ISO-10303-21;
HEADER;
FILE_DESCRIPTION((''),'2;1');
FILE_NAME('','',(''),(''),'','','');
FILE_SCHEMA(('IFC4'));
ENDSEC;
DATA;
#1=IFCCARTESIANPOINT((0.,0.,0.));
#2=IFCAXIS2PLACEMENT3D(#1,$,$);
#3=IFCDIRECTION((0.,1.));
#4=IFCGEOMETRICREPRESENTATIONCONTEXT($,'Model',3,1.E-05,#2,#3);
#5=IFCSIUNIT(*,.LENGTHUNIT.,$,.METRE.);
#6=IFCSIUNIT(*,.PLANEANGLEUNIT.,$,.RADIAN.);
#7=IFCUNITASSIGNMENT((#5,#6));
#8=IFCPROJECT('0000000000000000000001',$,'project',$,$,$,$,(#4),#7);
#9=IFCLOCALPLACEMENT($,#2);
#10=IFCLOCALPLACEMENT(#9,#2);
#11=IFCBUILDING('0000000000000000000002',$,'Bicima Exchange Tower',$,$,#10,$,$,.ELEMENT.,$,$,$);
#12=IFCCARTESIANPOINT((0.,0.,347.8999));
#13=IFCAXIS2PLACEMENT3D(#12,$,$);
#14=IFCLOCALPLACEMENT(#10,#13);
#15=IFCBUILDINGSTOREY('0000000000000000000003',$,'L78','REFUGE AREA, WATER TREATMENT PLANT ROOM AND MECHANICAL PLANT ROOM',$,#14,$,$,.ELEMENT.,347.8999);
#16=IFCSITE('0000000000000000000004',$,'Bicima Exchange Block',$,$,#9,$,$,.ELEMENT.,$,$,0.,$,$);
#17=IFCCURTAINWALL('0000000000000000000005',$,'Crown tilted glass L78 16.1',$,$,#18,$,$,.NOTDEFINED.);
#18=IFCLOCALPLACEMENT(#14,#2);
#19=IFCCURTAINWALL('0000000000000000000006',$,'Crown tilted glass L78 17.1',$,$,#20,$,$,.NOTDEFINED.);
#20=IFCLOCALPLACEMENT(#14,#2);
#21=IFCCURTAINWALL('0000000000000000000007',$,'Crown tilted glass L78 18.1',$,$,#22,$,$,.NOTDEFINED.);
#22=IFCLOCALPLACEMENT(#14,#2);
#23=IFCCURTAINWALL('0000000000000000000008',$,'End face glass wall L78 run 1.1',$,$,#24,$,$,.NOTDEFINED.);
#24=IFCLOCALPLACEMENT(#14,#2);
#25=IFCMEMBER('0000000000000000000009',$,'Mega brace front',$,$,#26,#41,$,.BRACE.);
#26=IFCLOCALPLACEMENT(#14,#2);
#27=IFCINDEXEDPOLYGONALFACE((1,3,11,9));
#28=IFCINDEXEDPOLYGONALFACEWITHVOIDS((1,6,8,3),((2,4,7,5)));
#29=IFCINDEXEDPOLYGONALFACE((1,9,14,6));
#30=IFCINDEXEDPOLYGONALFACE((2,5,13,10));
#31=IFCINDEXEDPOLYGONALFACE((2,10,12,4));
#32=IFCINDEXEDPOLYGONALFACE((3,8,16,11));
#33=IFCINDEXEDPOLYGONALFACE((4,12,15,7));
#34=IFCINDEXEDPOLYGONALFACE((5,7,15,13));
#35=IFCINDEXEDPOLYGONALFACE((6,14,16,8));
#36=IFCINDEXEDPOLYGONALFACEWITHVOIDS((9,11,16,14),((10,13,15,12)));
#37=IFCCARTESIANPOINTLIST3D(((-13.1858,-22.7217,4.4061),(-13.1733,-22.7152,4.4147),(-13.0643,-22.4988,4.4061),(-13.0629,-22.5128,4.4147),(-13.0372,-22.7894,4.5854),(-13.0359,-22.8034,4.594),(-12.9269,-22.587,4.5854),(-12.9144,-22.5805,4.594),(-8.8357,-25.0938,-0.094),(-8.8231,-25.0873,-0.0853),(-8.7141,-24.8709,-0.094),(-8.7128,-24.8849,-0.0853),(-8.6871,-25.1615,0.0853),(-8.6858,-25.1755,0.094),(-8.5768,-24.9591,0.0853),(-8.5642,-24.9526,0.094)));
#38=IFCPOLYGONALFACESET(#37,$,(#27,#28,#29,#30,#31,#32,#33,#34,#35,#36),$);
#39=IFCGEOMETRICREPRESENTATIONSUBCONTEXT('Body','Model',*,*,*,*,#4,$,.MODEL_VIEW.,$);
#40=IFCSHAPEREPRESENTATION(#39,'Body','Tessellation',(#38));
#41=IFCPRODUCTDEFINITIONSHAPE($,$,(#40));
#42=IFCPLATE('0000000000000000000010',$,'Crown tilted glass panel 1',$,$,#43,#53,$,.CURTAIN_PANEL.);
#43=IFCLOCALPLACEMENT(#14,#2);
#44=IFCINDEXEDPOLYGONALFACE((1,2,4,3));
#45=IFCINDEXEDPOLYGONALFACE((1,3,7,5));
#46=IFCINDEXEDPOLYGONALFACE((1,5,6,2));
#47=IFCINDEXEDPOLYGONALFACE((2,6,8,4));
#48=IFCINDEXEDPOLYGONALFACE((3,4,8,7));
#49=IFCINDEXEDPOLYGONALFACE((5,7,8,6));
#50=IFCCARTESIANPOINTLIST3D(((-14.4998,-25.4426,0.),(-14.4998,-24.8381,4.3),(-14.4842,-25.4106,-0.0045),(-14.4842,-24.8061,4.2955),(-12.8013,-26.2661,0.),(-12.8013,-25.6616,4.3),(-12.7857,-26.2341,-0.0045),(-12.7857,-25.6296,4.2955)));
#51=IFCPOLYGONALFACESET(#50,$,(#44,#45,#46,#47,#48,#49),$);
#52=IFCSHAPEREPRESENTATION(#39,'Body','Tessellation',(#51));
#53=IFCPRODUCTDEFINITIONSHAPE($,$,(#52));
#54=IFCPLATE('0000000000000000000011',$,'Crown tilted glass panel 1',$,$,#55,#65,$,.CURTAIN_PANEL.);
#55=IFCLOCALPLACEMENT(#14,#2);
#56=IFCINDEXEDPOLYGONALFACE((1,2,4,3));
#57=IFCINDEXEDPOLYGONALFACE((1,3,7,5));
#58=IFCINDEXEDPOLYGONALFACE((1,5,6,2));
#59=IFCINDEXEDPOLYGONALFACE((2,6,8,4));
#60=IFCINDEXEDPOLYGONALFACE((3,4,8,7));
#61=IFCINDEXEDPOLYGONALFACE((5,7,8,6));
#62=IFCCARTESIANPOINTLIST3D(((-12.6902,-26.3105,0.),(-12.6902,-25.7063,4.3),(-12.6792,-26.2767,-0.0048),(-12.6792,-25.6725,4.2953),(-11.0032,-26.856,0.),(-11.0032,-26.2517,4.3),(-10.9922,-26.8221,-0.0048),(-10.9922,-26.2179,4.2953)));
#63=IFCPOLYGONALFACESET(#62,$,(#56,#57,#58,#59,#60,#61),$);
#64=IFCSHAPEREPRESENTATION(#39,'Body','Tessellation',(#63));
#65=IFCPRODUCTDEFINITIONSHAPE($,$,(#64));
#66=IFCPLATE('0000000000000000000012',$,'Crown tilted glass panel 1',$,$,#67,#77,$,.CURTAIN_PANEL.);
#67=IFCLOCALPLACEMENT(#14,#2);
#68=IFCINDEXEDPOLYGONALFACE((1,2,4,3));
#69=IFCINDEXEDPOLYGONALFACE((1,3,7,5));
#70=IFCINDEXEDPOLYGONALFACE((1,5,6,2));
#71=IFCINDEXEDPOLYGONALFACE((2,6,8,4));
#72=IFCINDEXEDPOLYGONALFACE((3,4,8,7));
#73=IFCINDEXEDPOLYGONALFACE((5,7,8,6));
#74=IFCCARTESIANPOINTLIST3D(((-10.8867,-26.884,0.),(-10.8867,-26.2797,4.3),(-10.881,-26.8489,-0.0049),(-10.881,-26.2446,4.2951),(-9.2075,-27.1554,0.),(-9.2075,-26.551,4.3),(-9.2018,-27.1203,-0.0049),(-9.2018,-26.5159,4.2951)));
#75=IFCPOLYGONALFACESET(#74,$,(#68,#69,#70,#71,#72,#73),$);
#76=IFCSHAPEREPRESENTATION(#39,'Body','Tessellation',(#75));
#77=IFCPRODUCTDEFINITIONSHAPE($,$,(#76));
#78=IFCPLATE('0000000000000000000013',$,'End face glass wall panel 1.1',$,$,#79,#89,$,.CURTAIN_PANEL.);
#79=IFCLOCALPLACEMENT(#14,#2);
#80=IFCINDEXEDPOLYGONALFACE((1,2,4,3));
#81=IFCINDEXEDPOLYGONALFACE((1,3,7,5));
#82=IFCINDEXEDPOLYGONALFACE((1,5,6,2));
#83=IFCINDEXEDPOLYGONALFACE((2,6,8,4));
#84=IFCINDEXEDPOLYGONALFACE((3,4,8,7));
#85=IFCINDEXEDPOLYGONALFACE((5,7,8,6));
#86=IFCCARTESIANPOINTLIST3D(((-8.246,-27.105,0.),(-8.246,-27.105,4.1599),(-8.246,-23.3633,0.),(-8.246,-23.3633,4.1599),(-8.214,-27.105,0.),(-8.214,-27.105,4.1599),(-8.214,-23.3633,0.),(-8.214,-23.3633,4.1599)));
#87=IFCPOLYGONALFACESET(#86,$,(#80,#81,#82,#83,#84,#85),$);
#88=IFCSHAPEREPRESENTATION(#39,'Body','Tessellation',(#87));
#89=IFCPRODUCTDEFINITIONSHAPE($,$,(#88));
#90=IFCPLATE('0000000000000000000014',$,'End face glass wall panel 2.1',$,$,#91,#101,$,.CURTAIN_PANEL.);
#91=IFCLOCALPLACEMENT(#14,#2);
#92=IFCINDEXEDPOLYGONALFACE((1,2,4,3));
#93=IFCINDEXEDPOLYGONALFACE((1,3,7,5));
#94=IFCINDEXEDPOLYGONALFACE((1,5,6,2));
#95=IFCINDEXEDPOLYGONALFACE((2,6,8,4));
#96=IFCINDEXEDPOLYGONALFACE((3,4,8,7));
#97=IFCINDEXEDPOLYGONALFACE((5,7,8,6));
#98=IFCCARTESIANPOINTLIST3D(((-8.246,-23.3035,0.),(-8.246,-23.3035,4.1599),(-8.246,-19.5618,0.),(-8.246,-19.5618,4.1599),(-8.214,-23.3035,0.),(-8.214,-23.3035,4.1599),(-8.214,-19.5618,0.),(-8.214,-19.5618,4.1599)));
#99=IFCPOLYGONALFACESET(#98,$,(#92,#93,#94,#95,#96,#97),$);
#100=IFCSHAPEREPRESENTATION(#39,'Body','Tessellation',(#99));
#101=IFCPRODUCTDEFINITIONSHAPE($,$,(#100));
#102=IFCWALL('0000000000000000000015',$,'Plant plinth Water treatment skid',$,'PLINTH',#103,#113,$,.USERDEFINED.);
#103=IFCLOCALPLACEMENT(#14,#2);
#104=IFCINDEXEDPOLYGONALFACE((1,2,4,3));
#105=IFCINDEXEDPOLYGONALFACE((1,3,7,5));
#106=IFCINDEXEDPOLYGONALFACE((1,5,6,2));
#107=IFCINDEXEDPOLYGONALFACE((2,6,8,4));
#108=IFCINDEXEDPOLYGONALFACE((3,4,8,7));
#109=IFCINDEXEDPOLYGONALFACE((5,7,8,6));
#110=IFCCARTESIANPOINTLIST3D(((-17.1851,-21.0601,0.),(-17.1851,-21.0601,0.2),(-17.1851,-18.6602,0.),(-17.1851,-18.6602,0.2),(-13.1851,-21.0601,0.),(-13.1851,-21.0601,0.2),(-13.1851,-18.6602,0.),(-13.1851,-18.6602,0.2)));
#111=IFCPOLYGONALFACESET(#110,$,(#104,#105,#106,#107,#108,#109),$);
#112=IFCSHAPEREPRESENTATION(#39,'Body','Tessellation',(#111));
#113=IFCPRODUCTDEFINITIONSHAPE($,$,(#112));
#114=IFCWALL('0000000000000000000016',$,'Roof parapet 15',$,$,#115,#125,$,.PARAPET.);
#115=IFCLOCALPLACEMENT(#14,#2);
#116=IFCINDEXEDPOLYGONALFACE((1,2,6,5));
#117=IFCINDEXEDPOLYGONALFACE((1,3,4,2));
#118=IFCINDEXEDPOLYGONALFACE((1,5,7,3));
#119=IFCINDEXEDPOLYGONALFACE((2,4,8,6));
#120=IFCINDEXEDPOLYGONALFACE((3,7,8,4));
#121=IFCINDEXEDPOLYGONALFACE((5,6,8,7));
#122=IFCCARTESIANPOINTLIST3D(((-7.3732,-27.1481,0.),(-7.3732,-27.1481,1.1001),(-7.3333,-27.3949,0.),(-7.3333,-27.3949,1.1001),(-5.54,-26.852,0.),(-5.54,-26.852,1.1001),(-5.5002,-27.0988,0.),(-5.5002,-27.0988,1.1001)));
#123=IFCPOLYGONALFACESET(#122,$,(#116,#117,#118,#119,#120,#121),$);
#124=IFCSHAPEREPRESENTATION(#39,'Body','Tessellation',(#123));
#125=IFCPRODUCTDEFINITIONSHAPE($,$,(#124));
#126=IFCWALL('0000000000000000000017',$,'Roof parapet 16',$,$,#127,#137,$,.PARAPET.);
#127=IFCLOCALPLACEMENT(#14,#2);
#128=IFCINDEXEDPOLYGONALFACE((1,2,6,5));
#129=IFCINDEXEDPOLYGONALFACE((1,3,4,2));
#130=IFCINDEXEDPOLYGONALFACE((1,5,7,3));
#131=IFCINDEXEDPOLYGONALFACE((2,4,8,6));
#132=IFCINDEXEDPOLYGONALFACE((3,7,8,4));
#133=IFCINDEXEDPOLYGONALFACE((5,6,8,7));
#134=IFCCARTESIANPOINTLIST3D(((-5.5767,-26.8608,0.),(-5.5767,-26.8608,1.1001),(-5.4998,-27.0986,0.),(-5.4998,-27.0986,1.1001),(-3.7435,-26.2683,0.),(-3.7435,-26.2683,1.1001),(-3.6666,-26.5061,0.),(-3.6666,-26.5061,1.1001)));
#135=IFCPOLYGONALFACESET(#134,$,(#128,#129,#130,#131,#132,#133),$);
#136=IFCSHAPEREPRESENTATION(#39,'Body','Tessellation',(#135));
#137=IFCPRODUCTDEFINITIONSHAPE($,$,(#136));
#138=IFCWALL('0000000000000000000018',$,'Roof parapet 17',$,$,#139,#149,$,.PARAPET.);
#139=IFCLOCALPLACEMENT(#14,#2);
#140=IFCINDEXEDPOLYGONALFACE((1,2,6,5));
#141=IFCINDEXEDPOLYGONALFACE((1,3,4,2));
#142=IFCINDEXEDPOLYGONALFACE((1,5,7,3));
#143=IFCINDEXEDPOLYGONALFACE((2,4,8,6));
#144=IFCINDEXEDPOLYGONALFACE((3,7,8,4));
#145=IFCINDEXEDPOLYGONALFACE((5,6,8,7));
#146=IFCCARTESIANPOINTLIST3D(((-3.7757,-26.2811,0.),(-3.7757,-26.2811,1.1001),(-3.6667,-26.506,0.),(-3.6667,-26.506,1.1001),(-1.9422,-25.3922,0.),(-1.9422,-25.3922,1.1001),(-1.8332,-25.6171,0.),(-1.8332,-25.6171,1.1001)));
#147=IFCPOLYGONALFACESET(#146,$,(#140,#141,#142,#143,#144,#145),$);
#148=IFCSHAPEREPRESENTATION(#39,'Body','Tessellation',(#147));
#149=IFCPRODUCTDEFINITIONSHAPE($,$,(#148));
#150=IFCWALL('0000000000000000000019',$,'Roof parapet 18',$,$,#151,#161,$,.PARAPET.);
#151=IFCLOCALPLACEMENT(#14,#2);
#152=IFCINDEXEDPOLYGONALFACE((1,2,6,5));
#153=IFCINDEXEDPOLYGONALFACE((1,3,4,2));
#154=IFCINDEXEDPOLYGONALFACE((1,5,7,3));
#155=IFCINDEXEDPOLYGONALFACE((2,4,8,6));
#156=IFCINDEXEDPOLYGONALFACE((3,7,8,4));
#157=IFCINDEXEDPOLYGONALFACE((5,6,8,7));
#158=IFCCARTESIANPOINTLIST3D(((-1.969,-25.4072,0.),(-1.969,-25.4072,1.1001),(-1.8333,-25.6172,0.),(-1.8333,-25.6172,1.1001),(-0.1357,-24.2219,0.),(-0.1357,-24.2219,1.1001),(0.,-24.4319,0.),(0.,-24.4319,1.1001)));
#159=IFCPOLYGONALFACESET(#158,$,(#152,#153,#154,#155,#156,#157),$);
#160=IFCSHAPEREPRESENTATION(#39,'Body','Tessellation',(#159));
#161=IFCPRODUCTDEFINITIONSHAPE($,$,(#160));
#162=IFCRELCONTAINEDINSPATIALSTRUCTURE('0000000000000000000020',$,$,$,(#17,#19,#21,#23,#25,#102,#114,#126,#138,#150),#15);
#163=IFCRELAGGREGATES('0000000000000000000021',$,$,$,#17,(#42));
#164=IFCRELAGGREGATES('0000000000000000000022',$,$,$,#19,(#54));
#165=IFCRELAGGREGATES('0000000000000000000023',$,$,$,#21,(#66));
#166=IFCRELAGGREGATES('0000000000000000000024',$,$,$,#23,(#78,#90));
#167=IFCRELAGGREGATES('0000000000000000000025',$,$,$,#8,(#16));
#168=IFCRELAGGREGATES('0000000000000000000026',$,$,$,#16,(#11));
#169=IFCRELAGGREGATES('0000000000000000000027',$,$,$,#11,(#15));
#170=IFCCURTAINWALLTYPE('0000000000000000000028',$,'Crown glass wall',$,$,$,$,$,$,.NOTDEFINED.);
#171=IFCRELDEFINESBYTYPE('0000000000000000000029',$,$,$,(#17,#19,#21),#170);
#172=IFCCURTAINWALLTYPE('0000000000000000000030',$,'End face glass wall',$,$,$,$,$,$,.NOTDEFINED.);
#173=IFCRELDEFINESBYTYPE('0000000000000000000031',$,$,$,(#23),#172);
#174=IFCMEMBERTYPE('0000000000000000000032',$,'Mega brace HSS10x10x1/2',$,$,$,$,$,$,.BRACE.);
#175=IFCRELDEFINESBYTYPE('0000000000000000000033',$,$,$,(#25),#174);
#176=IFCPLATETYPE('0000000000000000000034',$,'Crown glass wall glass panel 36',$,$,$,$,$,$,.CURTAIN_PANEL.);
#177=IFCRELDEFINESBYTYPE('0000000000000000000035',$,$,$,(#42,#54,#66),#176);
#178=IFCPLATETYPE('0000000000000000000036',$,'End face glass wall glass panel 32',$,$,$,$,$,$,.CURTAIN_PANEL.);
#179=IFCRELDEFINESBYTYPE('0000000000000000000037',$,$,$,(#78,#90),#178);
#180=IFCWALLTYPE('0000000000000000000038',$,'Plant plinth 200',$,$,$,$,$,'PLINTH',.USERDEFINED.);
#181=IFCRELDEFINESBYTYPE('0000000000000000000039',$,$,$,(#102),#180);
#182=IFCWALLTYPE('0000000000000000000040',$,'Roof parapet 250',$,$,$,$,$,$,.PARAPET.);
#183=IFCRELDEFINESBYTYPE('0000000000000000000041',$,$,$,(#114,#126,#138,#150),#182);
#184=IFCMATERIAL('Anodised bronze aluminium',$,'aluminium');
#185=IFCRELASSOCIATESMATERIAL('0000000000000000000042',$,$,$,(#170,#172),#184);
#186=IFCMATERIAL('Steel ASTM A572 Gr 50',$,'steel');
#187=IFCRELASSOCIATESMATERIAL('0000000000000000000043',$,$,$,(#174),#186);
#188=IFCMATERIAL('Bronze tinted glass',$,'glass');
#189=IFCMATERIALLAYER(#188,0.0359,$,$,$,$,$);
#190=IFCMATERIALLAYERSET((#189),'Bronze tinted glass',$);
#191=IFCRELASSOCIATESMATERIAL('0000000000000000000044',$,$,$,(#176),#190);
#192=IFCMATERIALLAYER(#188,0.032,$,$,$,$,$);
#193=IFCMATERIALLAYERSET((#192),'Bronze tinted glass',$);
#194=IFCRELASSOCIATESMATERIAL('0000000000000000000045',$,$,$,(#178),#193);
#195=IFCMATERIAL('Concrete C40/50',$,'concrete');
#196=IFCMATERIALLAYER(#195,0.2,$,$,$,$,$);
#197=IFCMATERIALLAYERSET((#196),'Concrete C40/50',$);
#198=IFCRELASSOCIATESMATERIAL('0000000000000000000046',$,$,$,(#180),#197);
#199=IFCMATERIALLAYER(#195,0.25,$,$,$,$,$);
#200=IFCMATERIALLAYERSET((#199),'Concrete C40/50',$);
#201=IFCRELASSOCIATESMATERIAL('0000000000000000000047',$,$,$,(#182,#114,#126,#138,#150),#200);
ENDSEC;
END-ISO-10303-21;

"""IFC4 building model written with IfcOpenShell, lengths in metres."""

from ifc_helpers import new_model, si_unit, direction, frame, frame_2d, origin, origin_2d, place, context, subcontext, project, spatial, polyline, rectangle, hollow_rectangle, outline, extrude, material, layer, layer_set, layer_usage, material_profile, profile_set, type_object, element, aggregate, save


model = new_model("IFC4")

# Units and contexts
model_context = context("Model", 3, precision=1e-05, world=origin(), true_north=direction((0.0, 1.0)))
body_context = subcontext(model_context, "Body", "Model", "MODEL_VIEW")
ifc_project = project(units=[si_unit("LENGTHUNIT", "METRE"), si_unit("PLANEANGLEUNIT", "RADIAN")], contexts=[model_context])

# Site, building, storey
site_placement = place(None, origin())
site = spatial("IfcSite", under=ifc_project, at=site_placement, Name="Bicima Exchange Block", CompositionType="ELEMENT", RefElevation=0.0)
building_placement = place(site_placement, origin())
building = spatial("IfcBuilding", under=site, at=building_placement, Name="Bicima Exchange Tower", CompositionType="ELEMENT")
storey_placement = place(building_placement, frame((0.0, 0.0, 347.8999)))
storey = spatial("IfcBuildingStorey", under=building, at=storey_placement, Name="L78", Description="REFUGE AREA, WATER TREATMENT PLANT ROOM AND MECHANICAL PLANT ROOM", CompositionType="ELEMENT", Elevation=347.8999)

# Shared definitions
ifc_material_1 = material(Name="Anodised bronze aluminium", Category="aluminium")
curtain_wall_type_1 = type_object("IfcCurtainWallType", Name="Crown glass wall", PredefinedType="NOTDEFINED", material=ifc_material_1)

# Curtain walls
curtain_wall_1_placement = place(storey_placement, origin())
curtain_wall_1 = element("IfcCurtainWall", 1, at=curtain_wall_1_placement, inside=storey, type_object=curtain_wall_type_1, Name="Crown tilted glass L78 16.1", PredefinedType="NOTDEFINED")
curtain_wall_2_placement = place(storey_placement, origin())
curtain_wall_2 = element("IfcCurtainWall", 2, at=curtain_wall_2_placement, inside=storey, type_object=curtain_wall_type_1, Name="Crown tilted glass L78 17.1", PredefinedType="NOTDEFINED")
curtain_wall_3_placement = place(storey_placement, origin())
curtain_wall_3 = element("IfcCurtainWall", 3, at=curtain_wall_3_placement, inside=storey, type_object=curtain_wall_type_1, Name="Crown tilted glass L78 18.1", PredefinedType="NOTDEFINED")
curtain_wall_type_2 = type_object("IfcCurtainWallType", Name="End face glass wall", PredefinedType="NOTDEFINED", material=ifc_material_1)
curtain_wall_4_placement = place(storey_placement, origin())
curtain_wall_4 = element("IfcCurtainWall", 4, at=curtain_wall_4_placement, inside=storey, type_object=curtain_wall_type_2, Name="End face glass wall L78 run 1.1", PredefinedType="NOTDEFINED")

# Member
ifc_material_2 = material(Name="Steel ASTM A572 Gr 50", Category="steel")
ifc_material_profile_1 = material_profile(ifc_material_2, hollow_rectangle(XDim=0.2539, YDim=0.2539, WallThickness=0.0117, at=origin_2d()))
ifc_profile_set_1 = profile_set([ifc_material_profile_1], Name="Steel ASTM A572 Gr 50")
member_type_1 = type_object("IfcMemberType", Name="Mega brace HSS10x10x1/2", PredefinedType="BRACE", material=ifc_profile_set_1)
member_1_placement = place(storey_placement, frame((-8.7, -25.0232, 0.0), z_axis=(-0.64992, 0.354396, 0.672316), x_axis=(-0.478742, -0.877956, 0.0)))
element("IfcMember", 5, at=member_1_placement, inside=storey, type_object=member_type_1, Name="Mega brace front", PredefinedType="BRACE", context=body_context, shape_type="SweptSolid", body=[
    extrude(hollow_rectangle(XDim=0.2539, YDim=0.2539, WallThickness=0.0117, at=origin_2d()), origin(), (0.0, 0.0, 1.0), 6.6934),
])

# Plates
ifc_material_3 = material(Name="Bronze tinted glass", Category="glass")
ifc_layer_1 = layer(ifc_material_3, 0.0359)
ifc_layer_set_1 = layer_set([ifc_layer_1], Name="Bronze tinted glass")
plate_type_1 = type_object("IfcPlateType", Name="Crown glass wall glass panel 36", PredefinedType="CURTAIN_PANEL", material=ifc_layer_set_1)
plate_1_placement = place(storey_placement, frame((-14.4998, -25.4426, 0.0), z_axis=(-0.432815, -0.892705, 0.125495), x_axis=(0.899819, -0.436264, 0.0)))
plate_1 = element("IfcPlate", 6, at=plate_1_placement, type_object=plate_type_1, Name="Crown tilted glass panel 1", PredefinedType="CURTAIN_PANEL", context=body_context, shape_type="SweptSolid", body=[
    extrude(outline(polyline([(0.0, 0.0), (1.8876, 0.0), (1.6239, 4.3343), (-0.2637, 4.3343), (0.0, 0.0)])), origin(), (0.0, 0.0, -1.0), 0.0359),
])
aggregate(curtain_wall_1, [plate_1])
plate_2_placement = place(storey_placement, frame((-12.6902, -26.3105, 0.0), z_axis=(-0.304909, -0.943116, 0.132528), x_axis=(0.951509, -0.307622, 0.0)))
plate_2 = element("IfcPlate", 7, at=plate_2_placement, type_object=plate_type_1, Name="Crown tilted glass panel 1", PredefinedType="CURTAIN_PANEL", context=body_context, shape_type="SweptSolid", body=[
    extrude(outline(polyline([(0.0, 0.0), (1.773, 0.0), (1.5871, 4.3383), (-0.1859, 4.3383), (0.0, 0.0)])), origin(), (0.0, 0.0, -1.0), 0.0359),
])
aggregate(curtain_wall_2, [plate_2])
plate_3_placement = place(storey_placement, frame((-10.8867, -26.884, 0.0), z_axis=(-0.158019, -0.977825, 0.137433), x_axis=(0.987192, -0.159534, -0.00001)))
plate_3 = element("IfcPlate", 8, at=plate_3_placement, type_object=plate_type_1, Name="Crown tilted glass panel 1", PredefinedType="CURTAIN_PANEL", context=body_context, shape_type="SweptSolid", body=[
    extrude(outline(polyline([(0.0, 0.0), (1.701, 0.0), (1.6045, 4.3413), (-0.0964, 4.3412), (0.0, 0.0)])), origin(), (0.0, 0.0, -1.0), 0.0359),
])
aggregate(curtain_wall_3, [plate_3])
ifc_layer_2 = layer(ifc_material_3, 0.032)
ifc_layer_set_2 = layer_set([ifc_layer_2], Name="Bronze tinted glass")
plate_type_2 = type_object("IfcPlateType", Name="End face glass wall glass panel 32", PredefinedType="CURTAIN_PANEL", material=ifc_layer_set_2)
plate_4_placement = place(storey_placement, frame((-8.23, -25.2341, 0.0), z_axis=(0.0, 0.0, 1.0), x_axis=(0.0, 1.0, 0.0)))
plate_4 = element("IfcPlate", 9, at=plate_4_placement, type_object=plate_type_2, Name="End face glass wall panel 1.1", PredefinedType="CURTAIN_PANEL", context=body_context, shape_type="SweptSolid", body=[
    extrude(rectangle(XDim=3.7417, YDim=0.032, at=origin_2d()), origin(), (0.0, 0.0, 1.0), 4.1599),
])
plate_5_placement = place(storey_placement, frame((-8.23, -21.4326, 0.0), z_axis=(0.0, 0.0, 1.0), x_axis=(0.0, 1.0, 0.0)))
plate_5 = element("IfcPlate", 10, at=plate_5_placement, type_object=plate_type_2, Name="End face glass wall panel 2.1", PredefinedType="CURTAIN_PANEL", context=body_context, shape_type="SweptSolid", body=[
    extrude(rectangle(XDim=3.7417, YDim=0.032, at=origin_2d()), origin(), (0.0, 0.0, 1.0), 4.1599),
])
aggregate(curtain_wall_4, [plate_4, plate_5])

# Walls
ifc_material_4 = material(Name="Concrete C40/50", Category="concrete")
ifc_layer_3 = layer(ifc_material_4, 0.2)
ifc_layer_set_3 = layer_set([ifc_layer_3], Name="Concrete C40/50")
wall_type_1 = type_object("IfcWallType", Name="Plant plinth 200", ElementType="PLINTH", PredefinedType="USERDEFINED", material=ifc_layer_set_3)
wall_1_placement = place(storey_placement, frame((-15.1851, -19.8601, 0.0), z_axis=(0.0, 0.0, 1.0), x_axis=(1.0, 0.0, 0.0)))
element("IfcWall", 11, at=wall_1_placement, inside=storey, type_object=wall_type_1, Name="Plant plinth Water treatment skid", ObjectType="PLINTH", PredefinedType="USERDEFINED", context=body_context, shape_type="SweptSolid", body=[
    extrude(rectangle(XDim=4.0, YDim=2.3999, at=origin_2d()), origin(), (0.0, 0.0, 1.0), 0.2),
])
ifc_layer_4 = layer(ifc_material_4, 0.25)
ifc_layer_set_4 = layer_set([ifc_layer_4], Name="Concrete C40/50")
ifc_layer_usage = layer_usage(ifc_layer_set_4, "AXIS2", "POSITIVE", -0.125)
wall_type_2 = type_object("IfcWallType", Name="Roof parapet 250", PredefinedType="PARAPET", material=ifc_layer_set_4)
wall_2_placement = place(storey_placement, frame((-7.3533, -27.2715, 0.0), z_axis=(0.0, 0.0, 1.0), x_axis=(0.987202, 0.159472, 0.0)))
element("IfcWall", 12, at=wall_2_placement, inside=storey, type_object=wall_type_2, material=ifc_layer_usage, Name="Roof parapet 15", PredefinedType="PARAPET", context=body_context, shape_type="SweptSolid", body=[
    extrude(rectangle(XDim=1.8569, YDim=0.25, at=frame_2d((0.9285, 0.0))), origin(), (0.0, 0.0, 1.0), 1.1001),
])
wall_3_placement = place(storey_placement, frame((-5.5383, -26.9797, 0.0), z_axis=(0.0, 0.0, 1.0), x_axis=(0.951533, 0.307547, 0.0)))
element("IfcWall", 13, at=wall_3_placement, inside=storey, type_object=wall_type_2, material=ifc_layer_usage, Name="Roof parapet 16", PredefinedType="PARAPET", context=body_context, shape_type="SweptSolid", body=[
    extrude(rectangle(XDim=1.9265, YDim=0.25, at=frame_2d((0.9634, 0.0))), origin(), (0.0, 0.0, 1.0), 1.1001),
])
wall_4_placement = place(storey_placement, frame((-3.7212, -26.3936, 0.0), z_axis=(0.0, 0.0, 1.0), x_axis=(0.899824, 0.436253, 0.0)))
element("IfcWall", 14, at=wall_4_placement, inside=storey, type_object=wall_type_2, material=ifc_layer_usage, Name="Roof parapet 17", PredefinedType="PARAPET", context=body_context, shape_type="SweptSolid", body=[
    extrude(rectangle(XDim=2.0376, YDim=0.25, at=frame_2d((1.0188, 0.0))), origin(), (0.0, 0.0, 1.0), 1.1001),
])
wall_5_placement = place(storey_placement, frame((-1.9011, -25.5122, 0.0), z_axis=(0.0, 0.0, 1.0), x_axis=(0.839762, 0.542954, 0.0)))
element("IfcWall", 15, at=wall_5_placement, inside=storey, type_object=wall_type_2, material=ifc_layer_usage, Name="Roof parapet 18", PredefinedType="PARAPET", context=body_context, shape_type="SweptSolid", body=[
    extrude(rectangle(XDim=2.1831, YDim=0.25, at=frame_2d((1.0916, 0.0))), origin(), (0.0, 0.0, 1.0), 1.1001),
])

save(model, "model.ifc")
